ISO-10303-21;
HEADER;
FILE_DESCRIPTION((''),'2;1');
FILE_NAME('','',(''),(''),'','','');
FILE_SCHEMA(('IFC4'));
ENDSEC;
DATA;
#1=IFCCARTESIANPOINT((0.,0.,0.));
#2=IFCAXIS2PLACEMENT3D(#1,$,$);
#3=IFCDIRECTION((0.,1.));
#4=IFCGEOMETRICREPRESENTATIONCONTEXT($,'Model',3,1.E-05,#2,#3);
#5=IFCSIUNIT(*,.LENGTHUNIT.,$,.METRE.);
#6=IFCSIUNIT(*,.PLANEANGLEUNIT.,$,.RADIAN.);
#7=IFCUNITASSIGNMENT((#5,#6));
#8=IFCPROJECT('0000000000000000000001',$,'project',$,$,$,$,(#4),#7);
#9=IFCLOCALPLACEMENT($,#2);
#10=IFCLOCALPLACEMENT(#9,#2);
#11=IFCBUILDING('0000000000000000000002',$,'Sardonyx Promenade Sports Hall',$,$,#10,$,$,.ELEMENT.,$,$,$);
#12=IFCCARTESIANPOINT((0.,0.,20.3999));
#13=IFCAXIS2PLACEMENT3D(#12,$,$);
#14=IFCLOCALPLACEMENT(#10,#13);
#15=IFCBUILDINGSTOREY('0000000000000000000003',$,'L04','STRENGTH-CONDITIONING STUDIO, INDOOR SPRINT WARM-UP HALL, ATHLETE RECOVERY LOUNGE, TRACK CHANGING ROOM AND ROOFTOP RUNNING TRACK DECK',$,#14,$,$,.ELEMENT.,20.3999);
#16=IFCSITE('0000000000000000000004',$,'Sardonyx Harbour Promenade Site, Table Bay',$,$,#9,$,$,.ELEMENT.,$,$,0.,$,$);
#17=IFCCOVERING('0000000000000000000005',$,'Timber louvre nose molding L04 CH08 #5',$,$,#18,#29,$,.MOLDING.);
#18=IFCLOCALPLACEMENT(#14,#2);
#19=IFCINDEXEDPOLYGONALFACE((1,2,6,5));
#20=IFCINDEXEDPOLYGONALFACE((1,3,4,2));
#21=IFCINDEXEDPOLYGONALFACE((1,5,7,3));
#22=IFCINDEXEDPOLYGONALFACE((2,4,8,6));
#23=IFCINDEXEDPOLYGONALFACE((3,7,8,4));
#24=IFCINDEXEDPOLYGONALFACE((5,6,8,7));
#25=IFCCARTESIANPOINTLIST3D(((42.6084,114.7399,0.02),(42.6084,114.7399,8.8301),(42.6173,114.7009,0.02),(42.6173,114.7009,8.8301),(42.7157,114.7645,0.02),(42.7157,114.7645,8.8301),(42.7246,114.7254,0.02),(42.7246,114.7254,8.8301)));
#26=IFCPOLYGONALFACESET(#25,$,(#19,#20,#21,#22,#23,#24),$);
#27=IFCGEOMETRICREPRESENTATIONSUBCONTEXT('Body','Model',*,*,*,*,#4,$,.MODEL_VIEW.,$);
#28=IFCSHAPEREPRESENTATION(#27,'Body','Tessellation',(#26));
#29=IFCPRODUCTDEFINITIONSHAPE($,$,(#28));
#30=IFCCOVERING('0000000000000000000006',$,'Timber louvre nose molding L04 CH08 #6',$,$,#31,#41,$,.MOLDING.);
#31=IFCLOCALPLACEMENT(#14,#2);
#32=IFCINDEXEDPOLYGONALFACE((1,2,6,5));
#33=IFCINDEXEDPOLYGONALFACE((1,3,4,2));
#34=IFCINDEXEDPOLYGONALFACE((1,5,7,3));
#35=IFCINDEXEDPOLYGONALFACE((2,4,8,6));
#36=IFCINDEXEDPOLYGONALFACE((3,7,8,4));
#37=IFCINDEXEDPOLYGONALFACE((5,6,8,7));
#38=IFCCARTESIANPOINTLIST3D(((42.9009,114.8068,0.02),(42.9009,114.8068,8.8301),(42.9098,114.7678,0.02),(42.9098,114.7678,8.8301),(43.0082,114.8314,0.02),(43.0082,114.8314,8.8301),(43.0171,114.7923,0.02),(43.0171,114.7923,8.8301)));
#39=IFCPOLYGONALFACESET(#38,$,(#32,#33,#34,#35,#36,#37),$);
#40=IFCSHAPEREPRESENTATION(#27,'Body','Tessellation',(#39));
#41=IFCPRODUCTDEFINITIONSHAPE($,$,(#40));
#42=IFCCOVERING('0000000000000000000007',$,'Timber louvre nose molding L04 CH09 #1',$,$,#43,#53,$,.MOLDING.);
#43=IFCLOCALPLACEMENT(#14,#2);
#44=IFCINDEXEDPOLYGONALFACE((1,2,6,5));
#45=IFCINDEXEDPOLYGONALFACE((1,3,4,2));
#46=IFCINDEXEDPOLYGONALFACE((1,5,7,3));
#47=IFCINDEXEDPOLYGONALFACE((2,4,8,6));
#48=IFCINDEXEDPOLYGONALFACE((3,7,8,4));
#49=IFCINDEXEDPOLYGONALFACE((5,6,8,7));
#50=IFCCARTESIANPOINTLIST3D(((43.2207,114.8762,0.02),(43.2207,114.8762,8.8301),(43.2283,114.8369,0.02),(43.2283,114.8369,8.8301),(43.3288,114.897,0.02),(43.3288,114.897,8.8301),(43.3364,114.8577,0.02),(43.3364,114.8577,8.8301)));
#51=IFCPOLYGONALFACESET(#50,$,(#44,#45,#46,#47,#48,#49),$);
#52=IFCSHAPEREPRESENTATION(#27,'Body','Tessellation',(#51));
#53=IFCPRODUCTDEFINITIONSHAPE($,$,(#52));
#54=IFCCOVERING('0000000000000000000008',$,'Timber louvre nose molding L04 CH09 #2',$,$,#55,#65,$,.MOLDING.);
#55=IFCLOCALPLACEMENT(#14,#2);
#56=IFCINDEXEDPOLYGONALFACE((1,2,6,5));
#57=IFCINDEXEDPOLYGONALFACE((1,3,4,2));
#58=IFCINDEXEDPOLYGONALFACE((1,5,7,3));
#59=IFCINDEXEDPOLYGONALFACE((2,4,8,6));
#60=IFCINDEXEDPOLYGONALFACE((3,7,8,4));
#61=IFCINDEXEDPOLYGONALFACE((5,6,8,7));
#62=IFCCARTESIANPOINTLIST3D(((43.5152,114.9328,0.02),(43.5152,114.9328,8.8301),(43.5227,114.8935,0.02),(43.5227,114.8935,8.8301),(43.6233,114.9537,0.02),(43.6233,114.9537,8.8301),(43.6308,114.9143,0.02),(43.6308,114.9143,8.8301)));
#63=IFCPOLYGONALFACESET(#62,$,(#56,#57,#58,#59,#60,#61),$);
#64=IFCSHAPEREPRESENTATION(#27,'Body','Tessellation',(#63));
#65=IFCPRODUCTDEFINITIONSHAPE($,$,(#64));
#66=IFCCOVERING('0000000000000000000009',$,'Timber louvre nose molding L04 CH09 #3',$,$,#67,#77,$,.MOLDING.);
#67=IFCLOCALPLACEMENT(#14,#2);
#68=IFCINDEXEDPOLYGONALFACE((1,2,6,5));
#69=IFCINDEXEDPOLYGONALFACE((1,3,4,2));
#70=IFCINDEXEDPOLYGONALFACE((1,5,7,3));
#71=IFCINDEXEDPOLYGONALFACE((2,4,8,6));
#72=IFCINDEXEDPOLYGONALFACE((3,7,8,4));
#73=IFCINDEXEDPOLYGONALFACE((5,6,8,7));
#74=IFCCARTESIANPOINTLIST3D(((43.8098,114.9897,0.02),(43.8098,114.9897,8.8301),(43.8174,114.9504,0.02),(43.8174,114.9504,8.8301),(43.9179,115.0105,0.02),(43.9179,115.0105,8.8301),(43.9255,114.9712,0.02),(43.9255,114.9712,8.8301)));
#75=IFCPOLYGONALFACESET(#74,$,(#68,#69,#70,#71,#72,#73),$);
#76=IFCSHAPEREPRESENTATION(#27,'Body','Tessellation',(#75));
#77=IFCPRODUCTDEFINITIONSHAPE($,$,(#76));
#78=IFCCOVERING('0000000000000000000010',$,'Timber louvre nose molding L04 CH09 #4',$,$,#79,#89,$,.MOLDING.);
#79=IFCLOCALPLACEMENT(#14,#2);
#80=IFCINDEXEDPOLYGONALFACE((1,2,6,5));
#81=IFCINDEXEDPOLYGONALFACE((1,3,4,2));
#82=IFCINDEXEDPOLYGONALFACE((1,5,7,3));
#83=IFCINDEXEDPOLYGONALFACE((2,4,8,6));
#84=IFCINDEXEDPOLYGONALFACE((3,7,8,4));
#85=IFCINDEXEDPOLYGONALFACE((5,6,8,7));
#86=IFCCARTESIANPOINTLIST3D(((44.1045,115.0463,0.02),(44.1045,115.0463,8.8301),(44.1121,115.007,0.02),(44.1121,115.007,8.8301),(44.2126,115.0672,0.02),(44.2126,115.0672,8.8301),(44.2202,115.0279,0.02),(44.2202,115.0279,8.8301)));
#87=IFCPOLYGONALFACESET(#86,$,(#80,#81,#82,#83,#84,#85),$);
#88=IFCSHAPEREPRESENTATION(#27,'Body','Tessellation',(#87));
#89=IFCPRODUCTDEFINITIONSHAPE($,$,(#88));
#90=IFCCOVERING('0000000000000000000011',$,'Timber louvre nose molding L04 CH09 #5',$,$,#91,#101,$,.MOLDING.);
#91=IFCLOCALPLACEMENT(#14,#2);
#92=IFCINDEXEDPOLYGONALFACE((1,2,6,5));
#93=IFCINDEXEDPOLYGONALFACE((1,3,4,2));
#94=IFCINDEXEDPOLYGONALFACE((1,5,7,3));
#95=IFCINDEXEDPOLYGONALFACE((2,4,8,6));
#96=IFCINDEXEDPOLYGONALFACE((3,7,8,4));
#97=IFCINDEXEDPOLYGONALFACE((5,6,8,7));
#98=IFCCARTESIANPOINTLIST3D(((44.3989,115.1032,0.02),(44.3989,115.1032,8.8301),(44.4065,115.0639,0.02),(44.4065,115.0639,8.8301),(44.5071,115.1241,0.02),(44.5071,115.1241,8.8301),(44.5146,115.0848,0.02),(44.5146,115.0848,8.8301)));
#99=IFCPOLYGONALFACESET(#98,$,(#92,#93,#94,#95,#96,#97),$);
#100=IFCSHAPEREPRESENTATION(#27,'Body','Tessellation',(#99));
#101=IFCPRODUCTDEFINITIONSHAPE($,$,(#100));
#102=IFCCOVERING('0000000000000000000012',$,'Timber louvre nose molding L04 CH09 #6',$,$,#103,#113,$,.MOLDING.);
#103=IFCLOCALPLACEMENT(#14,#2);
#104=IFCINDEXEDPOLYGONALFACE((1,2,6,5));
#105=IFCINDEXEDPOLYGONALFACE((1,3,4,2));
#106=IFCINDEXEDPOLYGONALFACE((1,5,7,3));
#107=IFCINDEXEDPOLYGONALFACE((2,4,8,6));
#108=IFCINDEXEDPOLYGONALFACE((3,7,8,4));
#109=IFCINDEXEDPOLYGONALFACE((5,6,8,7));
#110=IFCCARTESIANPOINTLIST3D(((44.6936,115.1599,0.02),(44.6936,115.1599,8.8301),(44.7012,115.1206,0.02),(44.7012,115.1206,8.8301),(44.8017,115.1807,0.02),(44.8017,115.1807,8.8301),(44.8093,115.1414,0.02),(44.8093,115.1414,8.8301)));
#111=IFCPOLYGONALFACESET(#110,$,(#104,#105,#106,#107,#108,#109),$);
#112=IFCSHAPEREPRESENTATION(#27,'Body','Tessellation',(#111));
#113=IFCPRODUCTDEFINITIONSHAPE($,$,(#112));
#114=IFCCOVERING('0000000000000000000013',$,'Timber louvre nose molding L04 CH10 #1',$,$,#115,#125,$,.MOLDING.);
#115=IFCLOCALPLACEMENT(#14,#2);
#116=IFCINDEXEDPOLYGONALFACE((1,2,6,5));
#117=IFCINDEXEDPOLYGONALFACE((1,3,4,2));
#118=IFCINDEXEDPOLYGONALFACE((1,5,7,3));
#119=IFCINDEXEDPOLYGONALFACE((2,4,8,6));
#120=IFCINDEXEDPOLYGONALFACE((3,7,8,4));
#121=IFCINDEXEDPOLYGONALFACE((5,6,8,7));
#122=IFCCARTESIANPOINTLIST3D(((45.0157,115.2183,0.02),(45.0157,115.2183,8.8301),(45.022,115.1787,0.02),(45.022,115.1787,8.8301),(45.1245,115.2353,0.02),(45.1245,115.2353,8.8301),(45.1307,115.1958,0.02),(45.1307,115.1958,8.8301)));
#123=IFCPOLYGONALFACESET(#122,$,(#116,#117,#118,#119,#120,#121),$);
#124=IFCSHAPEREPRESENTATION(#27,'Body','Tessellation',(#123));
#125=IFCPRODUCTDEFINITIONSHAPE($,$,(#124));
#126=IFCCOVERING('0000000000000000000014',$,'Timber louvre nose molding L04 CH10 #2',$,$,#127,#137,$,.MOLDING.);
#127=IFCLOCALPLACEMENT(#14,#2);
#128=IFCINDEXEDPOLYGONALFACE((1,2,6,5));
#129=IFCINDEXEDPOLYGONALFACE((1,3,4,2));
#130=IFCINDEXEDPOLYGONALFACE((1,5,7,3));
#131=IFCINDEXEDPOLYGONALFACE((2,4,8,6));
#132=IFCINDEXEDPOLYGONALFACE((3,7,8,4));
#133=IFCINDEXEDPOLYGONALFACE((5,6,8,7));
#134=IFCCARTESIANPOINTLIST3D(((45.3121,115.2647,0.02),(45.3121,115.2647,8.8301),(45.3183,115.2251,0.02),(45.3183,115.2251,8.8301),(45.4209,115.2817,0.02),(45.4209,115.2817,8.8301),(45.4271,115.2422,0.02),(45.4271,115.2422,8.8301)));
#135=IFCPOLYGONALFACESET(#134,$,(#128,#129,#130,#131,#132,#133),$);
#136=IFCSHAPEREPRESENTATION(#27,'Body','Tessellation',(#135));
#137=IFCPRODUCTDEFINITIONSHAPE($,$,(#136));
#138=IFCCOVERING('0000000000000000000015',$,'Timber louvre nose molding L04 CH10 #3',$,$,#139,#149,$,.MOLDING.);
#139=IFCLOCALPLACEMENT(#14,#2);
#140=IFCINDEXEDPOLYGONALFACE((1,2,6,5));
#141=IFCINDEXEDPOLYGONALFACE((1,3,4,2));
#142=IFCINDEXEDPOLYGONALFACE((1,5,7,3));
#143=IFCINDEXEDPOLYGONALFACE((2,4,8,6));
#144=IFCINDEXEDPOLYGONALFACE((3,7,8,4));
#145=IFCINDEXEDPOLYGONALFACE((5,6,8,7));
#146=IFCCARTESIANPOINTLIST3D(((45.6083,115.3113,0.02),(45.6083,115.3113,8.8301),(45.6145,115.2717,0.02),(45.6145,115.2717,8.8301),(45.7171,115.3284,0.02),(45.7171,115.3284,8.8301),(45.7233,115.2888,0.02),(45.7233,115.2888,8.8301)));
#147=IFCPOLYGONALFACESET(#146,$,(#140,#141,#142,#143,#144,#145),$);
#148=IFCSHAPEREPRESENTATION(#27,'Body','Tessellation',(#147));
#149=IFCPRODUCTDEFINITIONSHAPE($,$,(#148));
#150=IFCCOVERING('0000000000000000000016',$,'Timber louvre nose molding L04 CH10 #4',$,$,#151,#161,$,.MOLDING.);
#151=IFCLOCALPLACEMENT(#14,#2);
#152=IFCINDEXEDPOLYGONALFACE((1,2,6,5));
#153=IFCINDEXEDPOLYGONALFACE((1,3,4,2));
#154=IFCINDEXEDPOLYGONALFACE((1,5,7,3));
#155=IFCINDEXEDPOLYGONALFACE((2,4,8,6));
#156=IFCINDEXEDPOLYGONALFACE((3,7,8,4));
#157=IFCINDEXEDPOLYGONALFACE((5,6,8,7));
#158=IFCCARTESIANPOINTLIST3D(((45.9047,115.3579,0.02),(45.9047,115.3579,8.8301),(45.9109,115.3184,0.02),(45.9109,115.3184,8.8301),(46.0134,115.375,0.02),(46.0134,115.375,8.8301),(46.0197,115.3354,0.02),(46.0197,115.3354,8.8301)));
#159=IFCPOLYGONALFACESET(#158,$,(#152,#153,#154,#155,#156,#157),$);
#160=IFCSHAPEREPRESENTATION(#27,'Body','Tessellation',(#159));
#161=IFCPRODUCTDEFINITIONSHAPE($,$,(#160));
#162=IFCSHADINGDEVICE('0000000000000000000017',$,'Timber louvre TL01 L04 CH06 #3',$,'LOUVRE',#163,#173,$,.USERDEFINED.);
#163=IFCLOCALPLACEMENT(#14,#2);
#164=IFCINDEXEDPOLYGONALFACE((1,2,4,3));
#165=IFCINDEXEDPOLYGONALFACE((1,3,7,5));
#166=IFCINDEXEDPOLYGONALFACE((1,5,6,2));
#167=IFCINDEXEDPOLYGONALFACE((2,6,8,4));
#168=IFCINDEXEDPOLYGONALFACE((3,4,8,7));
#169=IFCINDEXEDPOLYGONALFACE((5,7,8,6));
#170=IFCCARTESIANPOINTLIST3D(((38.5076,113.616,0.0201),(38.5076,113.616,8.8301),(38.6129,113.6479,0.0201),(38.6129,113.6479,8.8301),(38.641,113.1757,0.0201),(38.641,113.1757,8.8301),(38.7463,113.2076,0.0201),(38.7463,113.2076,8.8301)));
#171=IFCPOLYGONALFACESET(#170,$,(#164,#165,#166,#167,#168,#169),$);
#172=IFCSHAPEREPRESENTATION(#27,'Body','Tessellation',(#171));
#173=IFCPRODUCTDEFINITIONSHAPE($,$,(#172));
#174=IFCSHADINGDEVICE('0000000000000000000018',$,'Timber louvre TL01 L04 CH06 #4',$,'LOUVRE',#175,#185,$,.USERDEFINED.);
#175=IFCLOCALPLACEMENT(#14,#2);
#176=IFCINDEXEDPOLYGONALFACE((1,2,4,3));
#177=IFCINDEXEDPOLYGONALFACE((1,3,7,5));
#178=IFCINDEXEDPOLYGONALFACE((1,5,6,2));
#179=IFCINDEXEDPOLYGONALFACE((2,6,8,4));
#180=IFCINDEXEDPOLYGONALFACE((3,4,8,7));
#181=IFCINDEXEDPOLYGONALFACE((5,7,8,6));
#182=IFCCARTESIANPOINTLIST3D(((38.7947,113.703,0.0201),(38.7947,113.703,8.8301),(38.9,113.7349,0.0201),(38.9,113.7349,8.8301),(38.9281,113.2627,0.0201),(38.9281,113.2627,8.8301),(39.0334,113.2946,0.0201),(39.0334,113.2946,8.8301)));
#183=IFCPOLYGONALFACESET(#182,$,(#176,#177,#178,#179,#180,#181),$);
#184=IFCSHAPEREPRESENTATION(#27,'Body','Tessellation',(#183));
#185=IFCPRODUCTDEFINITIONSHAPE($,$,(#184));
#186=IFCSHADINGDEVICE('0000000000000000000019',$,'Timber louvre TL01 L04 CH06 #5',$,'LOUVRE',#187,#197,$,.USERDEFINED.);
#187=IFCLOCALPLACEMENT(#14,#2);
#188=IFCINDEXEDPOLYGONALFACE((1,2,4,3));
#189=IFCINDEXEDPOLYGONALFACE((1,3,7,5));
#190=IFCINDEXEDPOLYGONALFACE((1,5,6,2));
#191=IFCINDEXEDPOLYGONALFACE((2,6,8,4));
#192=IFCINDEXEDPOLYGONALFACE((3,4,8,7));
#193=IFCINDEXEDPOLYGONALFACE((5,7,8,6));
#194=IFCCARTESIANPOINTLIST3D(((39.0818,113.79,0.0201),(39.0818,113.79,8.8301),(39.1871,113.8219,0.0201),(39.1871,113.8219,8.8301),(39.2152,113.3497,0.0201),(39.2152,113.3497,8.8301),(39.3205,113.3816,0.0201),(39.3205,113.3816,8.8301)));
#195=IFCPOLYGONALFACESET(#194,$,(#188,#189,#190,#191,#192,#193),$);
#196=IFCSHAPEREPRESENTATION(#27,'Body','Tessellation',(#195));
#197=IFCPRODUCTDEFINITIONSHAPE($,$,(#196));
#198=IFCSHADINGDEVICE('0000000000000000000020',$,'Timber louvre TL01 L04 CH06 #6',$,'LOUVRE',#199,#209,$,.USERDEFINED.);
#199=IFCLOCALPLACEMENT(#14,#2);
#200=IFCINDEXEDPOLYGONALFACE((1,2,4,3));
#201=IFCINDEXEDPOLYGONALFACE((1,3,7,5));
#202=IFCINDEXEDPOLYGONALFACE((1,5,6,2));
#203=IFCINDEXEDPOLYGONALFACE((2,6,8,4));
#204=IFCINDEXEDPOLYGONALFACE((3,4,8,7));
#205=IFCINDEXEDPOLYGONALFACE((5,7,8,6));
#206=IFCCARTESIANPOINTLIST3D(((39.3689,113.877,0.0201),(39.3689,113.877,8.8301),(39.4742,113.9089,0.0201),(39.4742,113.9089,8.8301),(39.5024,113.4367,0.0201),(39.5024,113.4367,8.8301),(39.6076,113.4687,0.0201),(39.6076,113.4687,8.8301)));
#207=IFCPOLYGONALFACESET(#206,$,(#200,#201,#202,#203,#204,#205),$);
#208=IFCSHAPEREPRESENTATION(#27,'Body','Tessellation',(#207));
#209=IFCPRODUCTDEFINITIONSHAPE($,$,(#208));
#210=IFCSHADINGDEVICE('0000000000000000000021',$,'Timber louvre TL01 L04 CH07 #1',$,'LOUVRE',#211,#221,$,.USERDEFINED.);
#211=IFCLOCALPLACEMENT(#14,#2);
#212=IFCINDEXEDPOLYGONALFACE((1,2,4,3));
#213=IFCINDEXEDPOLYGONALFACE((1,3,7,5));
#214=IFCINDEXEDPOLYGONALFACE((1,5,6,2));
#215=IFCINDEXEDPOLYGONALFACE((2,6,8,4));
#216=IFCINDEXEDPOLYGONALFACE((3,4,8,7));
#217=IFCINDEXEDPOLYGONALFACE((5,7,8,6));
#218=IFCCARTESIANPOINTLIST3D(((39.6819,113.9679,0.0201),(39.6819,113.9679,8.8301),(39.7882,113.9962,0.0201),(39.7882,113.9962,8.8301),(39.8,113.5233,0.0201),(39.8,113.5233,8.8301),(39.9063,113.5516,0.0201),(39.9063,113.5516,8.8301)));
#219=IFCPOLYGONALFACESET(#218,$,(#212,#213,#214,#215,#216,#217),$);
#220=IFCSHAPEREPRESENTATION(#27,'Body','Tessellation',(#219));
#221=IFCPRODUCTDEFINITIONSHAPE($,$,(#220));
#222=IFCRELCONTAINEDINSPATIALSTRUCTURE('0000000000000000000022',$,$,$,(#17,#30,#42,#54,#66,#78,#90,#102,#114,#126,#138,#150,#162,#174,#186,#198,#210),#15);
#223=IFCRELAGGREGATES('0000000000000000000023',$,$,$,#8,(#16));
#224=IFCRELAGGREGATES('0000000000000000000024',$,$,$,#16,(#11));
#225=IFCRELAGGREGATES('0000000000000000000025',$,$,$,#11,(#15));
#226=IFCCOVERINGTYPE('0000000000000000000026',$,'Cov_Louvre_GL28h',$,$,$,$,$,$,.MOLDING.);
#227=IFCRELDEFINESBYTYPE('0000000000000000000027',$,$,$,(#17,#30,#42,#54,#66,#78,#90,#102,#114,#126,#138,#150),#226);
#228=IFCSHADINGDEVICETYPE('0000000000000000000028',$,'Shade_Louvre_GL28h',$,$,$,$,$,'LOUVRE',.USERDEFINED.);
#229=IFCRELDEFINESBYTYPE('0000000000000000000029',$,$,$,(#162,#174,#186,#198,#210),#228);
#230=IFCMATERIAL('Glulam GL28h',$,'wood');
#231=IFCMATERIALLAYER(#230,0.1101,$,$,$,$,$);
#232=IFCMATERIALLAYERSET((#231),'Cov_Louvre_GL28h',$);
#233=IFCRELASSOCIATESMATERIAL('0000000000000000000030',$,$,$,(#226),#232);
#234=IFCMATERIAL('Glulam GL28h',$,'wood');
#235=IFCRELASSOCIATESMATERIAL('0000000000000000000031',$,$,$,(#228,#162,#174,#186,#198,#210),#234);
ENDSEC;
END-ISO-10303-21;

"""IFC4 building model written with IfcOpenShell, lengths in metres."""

from ifc_helpers import new_model, si_unit, direction, frame, origin, origin_2d, place, context, subcontext, project, spatial, rectangle, extrude, material, layer, layer_set, type_object, element, save


model = new_model("IFC4")

# Units and contexts
model_context = context("Model", 3, precision=1e-05, world=origin(), true_north=direction((0.0, 1.0)))
body_context = subcontext(model_context, "Body", "Model", "MODEL_VIEW")
ifc_project = project(units=[si_unit("LENGTHUNIT", "METRE"), si_unit("PLANEANGLEUNIT", "RADIAN")], contexts=[model_context])

# Site, building, storey
site_placement = place(None, origin())
site = spatial("IfcSite", under=ifc_project, at=site_placement, Name="Sardonyx Harbour Promenade Site, Table Bay", CompositionType="ELEMENT", RefElevation=0.0)
building_placement = place(site_placement, origin())
building = spatial("IfcBuilding", under=site, at=building_placement, Name="Sardonyx Promenade Sports Hall", CompositionType="ELEMENT")
storey_placement = place(building_placement, frame((0.0, 0.0, 20.3999)))
storey = spatial("IfcBuildingStorey", under=building, at=storey_placement, Name="L04", Description="STRENGTH-CONDITIONING STUDIO, INDOOR SPRINT WARM-UP HALL, ATHLETE RECOVERY LOUNGE, TRACK CHANGING ROOM AND ROOFTOP RUNNING TRACK DECK", CompositionType="ELEMENT", Elevation=20.3999)

# Coverings
ifc_material_1 = material(Name="Glulam GL28h", Category="wood")
ifc_layer_1 = layer(ifc_material_1, 0.1101)
ifc_layer_set_1 = layer_set([ifc_layer_1], Name="Cov_Louvre_GL28h")
covering_type = type_object("IfcCoveringType", Name="Cov_Louvre_GL28h", PredefinedType="MOLDING", material=ifc_layer_set_1)
for number, where, z_axis, x_axis, name in (
    (1, (42.6665, 114.7327, 0.02), (0.0, 0.0, 1.0), (0.974792, 0.223117, 0.0), "Timber louvre nose molding L04 CH08 #5"),
    (2, (42.959, 114.7996, 0.02), (0.0, 0.0, 1.0), (0.974792, 0.223117, 0.0), "Timber louvre nose molding L04 CH08 #6"),
    (3, (43.2786, 114.8669, 0.02), (0.0, 0.0, 1.0), (0.98193, 0.189246, 0.0), "Timber louvre nose molding L04 CH09 #1"),
    (4, (43.573, 114.9236, 0.02), (0.0, 0.0, 1.0), (0.98193, 0.189246, 0.0), "Timber louvre nose molding L04 CH09 #2"),
    (5, (43.8677, 114.9805, 0.02), (0.0, 0.0, 1.0), (0.98193, 0.189246, 0.0), "Timber louvre nose molding L04 CH09 #3"),
    (6, (44.1624, 115.0371, 0.02), (0.0, 0.0, 1.0), (0.98193, 0.189246, 0.0), "Timber louvre nose molding L04 CH09 #4"),
    (7, (44.4568, 115.094, 0.02), (0.0, 0.0, 1.0), (0.98193, 0.189246, 0.0), "Timber louvre nose molding L04 CH09 #5"),
    (8, (44.7515, 115.1506, 0.02), (0.0, 0.0, 1.0), (0.98193, 0.189246, 0.0), "Timber louvre nose molding L04 CH09 #6"),
    (9, (45.0732, 115.207, 0.02), (0.0, 0.0, 1.0), (0.987891, 0.155148, 0.0), "Timber louvre nose molding L04 CH10 #1"),
    (10, (45.3696, 115.2534, 0.02), (0.0, 0.0, 1.0), (0.987891, 0.155148, 0.0), "Timber louvre nose molding L04 CH10 #2"),
    (11, (45.6658, 115.3, 0.02), (0.0, 0.0, 1.0), (0.987891, 0.155148, 0.0), "Timber louvre nose molding L04 CH10 #3"),
    (12, (45.9622, 115.3467, 0.02), (0.0, 0.0, 1.0), (0.987891, 0.155148, 0.0), "Timber louvre nose molding L04 CH10 #4"),
):
    element("IfcCovering", number, at=place(storey_placement, frame(where, z_axis=z_axis, x_axis=x_axis)), inside=storey, type_object=covering_type, Name=name, PredefinedType="MOLDING", context=body_context, shape_type="SweptSolid", body=[
        extrude(rectangle(XDim=0.1101, YDim=0.04, at=origin_2d()), origin(), (0.0, 0.0, 1.0), 8.8101),
    ])

# Shading devices
ifc_material_2 = material(Name="Glulam GL28h", Category="wood")
shading_device_type = type_object("IfcShadingDeviceType", Name="Shade_Louvre_GL28h", ElementType="LOUVRE", PredefinedType="USERDEFINED", material=ifc_material_2)
for number, where, z_axis, x_axis, name in (
    (13, (38.627, 113.4118, 0.0201), (0.0, 0.0, 1.0), (0.957021, 0.290017, 0.0), "Timber louvre TL01 L04 CH06 #3"),
    (14, (38.9141, 113.4988, 0.0201), (0.0, 0.0, 1.0), (0.957021, 0.290017, 0.0), "Timber louvre TL01 L04 CH06 #4"),
    (15, (39.2012, 113.5858, 0.0201), (0.0, 0.0, 1.0), (0.957021, 0.290017, 0.0), "Timber louvre TL01 L04 CH06 #5"),
    (16, (39.4883, 113.6728, 0.0201), (0.0, 0.0, 1.0), (0.957021, 0.290017, 0.0), "Timber louvre TL01 L04 CH06 #6"),
    (17, (39.7941, 113.7597, 0.0201), (0.0, 0.0, 1.0), (0.966485, 0.256721, 0.0), "Timber louvre TL01 L04 CH07 #1"),
):
    element("IfcShadingDevice", number, at=place(storey_placement, frame(where, z_axis=z_axis, x_axis=x_axis)), inside=storey, type_object=shading_device_type, material=ifc_material_2, Name=name, ObjectType="LOUVRE", PredefinedType="USERDEFINED", context=body_context, shape_type="SweptSolid", body=[
        extrude(rectangle(XDim=0.11, YDim=0.46), origin(), (0.0, 0.0, 1.0), 8.81),
    ])

save(model, "model.ifc")
